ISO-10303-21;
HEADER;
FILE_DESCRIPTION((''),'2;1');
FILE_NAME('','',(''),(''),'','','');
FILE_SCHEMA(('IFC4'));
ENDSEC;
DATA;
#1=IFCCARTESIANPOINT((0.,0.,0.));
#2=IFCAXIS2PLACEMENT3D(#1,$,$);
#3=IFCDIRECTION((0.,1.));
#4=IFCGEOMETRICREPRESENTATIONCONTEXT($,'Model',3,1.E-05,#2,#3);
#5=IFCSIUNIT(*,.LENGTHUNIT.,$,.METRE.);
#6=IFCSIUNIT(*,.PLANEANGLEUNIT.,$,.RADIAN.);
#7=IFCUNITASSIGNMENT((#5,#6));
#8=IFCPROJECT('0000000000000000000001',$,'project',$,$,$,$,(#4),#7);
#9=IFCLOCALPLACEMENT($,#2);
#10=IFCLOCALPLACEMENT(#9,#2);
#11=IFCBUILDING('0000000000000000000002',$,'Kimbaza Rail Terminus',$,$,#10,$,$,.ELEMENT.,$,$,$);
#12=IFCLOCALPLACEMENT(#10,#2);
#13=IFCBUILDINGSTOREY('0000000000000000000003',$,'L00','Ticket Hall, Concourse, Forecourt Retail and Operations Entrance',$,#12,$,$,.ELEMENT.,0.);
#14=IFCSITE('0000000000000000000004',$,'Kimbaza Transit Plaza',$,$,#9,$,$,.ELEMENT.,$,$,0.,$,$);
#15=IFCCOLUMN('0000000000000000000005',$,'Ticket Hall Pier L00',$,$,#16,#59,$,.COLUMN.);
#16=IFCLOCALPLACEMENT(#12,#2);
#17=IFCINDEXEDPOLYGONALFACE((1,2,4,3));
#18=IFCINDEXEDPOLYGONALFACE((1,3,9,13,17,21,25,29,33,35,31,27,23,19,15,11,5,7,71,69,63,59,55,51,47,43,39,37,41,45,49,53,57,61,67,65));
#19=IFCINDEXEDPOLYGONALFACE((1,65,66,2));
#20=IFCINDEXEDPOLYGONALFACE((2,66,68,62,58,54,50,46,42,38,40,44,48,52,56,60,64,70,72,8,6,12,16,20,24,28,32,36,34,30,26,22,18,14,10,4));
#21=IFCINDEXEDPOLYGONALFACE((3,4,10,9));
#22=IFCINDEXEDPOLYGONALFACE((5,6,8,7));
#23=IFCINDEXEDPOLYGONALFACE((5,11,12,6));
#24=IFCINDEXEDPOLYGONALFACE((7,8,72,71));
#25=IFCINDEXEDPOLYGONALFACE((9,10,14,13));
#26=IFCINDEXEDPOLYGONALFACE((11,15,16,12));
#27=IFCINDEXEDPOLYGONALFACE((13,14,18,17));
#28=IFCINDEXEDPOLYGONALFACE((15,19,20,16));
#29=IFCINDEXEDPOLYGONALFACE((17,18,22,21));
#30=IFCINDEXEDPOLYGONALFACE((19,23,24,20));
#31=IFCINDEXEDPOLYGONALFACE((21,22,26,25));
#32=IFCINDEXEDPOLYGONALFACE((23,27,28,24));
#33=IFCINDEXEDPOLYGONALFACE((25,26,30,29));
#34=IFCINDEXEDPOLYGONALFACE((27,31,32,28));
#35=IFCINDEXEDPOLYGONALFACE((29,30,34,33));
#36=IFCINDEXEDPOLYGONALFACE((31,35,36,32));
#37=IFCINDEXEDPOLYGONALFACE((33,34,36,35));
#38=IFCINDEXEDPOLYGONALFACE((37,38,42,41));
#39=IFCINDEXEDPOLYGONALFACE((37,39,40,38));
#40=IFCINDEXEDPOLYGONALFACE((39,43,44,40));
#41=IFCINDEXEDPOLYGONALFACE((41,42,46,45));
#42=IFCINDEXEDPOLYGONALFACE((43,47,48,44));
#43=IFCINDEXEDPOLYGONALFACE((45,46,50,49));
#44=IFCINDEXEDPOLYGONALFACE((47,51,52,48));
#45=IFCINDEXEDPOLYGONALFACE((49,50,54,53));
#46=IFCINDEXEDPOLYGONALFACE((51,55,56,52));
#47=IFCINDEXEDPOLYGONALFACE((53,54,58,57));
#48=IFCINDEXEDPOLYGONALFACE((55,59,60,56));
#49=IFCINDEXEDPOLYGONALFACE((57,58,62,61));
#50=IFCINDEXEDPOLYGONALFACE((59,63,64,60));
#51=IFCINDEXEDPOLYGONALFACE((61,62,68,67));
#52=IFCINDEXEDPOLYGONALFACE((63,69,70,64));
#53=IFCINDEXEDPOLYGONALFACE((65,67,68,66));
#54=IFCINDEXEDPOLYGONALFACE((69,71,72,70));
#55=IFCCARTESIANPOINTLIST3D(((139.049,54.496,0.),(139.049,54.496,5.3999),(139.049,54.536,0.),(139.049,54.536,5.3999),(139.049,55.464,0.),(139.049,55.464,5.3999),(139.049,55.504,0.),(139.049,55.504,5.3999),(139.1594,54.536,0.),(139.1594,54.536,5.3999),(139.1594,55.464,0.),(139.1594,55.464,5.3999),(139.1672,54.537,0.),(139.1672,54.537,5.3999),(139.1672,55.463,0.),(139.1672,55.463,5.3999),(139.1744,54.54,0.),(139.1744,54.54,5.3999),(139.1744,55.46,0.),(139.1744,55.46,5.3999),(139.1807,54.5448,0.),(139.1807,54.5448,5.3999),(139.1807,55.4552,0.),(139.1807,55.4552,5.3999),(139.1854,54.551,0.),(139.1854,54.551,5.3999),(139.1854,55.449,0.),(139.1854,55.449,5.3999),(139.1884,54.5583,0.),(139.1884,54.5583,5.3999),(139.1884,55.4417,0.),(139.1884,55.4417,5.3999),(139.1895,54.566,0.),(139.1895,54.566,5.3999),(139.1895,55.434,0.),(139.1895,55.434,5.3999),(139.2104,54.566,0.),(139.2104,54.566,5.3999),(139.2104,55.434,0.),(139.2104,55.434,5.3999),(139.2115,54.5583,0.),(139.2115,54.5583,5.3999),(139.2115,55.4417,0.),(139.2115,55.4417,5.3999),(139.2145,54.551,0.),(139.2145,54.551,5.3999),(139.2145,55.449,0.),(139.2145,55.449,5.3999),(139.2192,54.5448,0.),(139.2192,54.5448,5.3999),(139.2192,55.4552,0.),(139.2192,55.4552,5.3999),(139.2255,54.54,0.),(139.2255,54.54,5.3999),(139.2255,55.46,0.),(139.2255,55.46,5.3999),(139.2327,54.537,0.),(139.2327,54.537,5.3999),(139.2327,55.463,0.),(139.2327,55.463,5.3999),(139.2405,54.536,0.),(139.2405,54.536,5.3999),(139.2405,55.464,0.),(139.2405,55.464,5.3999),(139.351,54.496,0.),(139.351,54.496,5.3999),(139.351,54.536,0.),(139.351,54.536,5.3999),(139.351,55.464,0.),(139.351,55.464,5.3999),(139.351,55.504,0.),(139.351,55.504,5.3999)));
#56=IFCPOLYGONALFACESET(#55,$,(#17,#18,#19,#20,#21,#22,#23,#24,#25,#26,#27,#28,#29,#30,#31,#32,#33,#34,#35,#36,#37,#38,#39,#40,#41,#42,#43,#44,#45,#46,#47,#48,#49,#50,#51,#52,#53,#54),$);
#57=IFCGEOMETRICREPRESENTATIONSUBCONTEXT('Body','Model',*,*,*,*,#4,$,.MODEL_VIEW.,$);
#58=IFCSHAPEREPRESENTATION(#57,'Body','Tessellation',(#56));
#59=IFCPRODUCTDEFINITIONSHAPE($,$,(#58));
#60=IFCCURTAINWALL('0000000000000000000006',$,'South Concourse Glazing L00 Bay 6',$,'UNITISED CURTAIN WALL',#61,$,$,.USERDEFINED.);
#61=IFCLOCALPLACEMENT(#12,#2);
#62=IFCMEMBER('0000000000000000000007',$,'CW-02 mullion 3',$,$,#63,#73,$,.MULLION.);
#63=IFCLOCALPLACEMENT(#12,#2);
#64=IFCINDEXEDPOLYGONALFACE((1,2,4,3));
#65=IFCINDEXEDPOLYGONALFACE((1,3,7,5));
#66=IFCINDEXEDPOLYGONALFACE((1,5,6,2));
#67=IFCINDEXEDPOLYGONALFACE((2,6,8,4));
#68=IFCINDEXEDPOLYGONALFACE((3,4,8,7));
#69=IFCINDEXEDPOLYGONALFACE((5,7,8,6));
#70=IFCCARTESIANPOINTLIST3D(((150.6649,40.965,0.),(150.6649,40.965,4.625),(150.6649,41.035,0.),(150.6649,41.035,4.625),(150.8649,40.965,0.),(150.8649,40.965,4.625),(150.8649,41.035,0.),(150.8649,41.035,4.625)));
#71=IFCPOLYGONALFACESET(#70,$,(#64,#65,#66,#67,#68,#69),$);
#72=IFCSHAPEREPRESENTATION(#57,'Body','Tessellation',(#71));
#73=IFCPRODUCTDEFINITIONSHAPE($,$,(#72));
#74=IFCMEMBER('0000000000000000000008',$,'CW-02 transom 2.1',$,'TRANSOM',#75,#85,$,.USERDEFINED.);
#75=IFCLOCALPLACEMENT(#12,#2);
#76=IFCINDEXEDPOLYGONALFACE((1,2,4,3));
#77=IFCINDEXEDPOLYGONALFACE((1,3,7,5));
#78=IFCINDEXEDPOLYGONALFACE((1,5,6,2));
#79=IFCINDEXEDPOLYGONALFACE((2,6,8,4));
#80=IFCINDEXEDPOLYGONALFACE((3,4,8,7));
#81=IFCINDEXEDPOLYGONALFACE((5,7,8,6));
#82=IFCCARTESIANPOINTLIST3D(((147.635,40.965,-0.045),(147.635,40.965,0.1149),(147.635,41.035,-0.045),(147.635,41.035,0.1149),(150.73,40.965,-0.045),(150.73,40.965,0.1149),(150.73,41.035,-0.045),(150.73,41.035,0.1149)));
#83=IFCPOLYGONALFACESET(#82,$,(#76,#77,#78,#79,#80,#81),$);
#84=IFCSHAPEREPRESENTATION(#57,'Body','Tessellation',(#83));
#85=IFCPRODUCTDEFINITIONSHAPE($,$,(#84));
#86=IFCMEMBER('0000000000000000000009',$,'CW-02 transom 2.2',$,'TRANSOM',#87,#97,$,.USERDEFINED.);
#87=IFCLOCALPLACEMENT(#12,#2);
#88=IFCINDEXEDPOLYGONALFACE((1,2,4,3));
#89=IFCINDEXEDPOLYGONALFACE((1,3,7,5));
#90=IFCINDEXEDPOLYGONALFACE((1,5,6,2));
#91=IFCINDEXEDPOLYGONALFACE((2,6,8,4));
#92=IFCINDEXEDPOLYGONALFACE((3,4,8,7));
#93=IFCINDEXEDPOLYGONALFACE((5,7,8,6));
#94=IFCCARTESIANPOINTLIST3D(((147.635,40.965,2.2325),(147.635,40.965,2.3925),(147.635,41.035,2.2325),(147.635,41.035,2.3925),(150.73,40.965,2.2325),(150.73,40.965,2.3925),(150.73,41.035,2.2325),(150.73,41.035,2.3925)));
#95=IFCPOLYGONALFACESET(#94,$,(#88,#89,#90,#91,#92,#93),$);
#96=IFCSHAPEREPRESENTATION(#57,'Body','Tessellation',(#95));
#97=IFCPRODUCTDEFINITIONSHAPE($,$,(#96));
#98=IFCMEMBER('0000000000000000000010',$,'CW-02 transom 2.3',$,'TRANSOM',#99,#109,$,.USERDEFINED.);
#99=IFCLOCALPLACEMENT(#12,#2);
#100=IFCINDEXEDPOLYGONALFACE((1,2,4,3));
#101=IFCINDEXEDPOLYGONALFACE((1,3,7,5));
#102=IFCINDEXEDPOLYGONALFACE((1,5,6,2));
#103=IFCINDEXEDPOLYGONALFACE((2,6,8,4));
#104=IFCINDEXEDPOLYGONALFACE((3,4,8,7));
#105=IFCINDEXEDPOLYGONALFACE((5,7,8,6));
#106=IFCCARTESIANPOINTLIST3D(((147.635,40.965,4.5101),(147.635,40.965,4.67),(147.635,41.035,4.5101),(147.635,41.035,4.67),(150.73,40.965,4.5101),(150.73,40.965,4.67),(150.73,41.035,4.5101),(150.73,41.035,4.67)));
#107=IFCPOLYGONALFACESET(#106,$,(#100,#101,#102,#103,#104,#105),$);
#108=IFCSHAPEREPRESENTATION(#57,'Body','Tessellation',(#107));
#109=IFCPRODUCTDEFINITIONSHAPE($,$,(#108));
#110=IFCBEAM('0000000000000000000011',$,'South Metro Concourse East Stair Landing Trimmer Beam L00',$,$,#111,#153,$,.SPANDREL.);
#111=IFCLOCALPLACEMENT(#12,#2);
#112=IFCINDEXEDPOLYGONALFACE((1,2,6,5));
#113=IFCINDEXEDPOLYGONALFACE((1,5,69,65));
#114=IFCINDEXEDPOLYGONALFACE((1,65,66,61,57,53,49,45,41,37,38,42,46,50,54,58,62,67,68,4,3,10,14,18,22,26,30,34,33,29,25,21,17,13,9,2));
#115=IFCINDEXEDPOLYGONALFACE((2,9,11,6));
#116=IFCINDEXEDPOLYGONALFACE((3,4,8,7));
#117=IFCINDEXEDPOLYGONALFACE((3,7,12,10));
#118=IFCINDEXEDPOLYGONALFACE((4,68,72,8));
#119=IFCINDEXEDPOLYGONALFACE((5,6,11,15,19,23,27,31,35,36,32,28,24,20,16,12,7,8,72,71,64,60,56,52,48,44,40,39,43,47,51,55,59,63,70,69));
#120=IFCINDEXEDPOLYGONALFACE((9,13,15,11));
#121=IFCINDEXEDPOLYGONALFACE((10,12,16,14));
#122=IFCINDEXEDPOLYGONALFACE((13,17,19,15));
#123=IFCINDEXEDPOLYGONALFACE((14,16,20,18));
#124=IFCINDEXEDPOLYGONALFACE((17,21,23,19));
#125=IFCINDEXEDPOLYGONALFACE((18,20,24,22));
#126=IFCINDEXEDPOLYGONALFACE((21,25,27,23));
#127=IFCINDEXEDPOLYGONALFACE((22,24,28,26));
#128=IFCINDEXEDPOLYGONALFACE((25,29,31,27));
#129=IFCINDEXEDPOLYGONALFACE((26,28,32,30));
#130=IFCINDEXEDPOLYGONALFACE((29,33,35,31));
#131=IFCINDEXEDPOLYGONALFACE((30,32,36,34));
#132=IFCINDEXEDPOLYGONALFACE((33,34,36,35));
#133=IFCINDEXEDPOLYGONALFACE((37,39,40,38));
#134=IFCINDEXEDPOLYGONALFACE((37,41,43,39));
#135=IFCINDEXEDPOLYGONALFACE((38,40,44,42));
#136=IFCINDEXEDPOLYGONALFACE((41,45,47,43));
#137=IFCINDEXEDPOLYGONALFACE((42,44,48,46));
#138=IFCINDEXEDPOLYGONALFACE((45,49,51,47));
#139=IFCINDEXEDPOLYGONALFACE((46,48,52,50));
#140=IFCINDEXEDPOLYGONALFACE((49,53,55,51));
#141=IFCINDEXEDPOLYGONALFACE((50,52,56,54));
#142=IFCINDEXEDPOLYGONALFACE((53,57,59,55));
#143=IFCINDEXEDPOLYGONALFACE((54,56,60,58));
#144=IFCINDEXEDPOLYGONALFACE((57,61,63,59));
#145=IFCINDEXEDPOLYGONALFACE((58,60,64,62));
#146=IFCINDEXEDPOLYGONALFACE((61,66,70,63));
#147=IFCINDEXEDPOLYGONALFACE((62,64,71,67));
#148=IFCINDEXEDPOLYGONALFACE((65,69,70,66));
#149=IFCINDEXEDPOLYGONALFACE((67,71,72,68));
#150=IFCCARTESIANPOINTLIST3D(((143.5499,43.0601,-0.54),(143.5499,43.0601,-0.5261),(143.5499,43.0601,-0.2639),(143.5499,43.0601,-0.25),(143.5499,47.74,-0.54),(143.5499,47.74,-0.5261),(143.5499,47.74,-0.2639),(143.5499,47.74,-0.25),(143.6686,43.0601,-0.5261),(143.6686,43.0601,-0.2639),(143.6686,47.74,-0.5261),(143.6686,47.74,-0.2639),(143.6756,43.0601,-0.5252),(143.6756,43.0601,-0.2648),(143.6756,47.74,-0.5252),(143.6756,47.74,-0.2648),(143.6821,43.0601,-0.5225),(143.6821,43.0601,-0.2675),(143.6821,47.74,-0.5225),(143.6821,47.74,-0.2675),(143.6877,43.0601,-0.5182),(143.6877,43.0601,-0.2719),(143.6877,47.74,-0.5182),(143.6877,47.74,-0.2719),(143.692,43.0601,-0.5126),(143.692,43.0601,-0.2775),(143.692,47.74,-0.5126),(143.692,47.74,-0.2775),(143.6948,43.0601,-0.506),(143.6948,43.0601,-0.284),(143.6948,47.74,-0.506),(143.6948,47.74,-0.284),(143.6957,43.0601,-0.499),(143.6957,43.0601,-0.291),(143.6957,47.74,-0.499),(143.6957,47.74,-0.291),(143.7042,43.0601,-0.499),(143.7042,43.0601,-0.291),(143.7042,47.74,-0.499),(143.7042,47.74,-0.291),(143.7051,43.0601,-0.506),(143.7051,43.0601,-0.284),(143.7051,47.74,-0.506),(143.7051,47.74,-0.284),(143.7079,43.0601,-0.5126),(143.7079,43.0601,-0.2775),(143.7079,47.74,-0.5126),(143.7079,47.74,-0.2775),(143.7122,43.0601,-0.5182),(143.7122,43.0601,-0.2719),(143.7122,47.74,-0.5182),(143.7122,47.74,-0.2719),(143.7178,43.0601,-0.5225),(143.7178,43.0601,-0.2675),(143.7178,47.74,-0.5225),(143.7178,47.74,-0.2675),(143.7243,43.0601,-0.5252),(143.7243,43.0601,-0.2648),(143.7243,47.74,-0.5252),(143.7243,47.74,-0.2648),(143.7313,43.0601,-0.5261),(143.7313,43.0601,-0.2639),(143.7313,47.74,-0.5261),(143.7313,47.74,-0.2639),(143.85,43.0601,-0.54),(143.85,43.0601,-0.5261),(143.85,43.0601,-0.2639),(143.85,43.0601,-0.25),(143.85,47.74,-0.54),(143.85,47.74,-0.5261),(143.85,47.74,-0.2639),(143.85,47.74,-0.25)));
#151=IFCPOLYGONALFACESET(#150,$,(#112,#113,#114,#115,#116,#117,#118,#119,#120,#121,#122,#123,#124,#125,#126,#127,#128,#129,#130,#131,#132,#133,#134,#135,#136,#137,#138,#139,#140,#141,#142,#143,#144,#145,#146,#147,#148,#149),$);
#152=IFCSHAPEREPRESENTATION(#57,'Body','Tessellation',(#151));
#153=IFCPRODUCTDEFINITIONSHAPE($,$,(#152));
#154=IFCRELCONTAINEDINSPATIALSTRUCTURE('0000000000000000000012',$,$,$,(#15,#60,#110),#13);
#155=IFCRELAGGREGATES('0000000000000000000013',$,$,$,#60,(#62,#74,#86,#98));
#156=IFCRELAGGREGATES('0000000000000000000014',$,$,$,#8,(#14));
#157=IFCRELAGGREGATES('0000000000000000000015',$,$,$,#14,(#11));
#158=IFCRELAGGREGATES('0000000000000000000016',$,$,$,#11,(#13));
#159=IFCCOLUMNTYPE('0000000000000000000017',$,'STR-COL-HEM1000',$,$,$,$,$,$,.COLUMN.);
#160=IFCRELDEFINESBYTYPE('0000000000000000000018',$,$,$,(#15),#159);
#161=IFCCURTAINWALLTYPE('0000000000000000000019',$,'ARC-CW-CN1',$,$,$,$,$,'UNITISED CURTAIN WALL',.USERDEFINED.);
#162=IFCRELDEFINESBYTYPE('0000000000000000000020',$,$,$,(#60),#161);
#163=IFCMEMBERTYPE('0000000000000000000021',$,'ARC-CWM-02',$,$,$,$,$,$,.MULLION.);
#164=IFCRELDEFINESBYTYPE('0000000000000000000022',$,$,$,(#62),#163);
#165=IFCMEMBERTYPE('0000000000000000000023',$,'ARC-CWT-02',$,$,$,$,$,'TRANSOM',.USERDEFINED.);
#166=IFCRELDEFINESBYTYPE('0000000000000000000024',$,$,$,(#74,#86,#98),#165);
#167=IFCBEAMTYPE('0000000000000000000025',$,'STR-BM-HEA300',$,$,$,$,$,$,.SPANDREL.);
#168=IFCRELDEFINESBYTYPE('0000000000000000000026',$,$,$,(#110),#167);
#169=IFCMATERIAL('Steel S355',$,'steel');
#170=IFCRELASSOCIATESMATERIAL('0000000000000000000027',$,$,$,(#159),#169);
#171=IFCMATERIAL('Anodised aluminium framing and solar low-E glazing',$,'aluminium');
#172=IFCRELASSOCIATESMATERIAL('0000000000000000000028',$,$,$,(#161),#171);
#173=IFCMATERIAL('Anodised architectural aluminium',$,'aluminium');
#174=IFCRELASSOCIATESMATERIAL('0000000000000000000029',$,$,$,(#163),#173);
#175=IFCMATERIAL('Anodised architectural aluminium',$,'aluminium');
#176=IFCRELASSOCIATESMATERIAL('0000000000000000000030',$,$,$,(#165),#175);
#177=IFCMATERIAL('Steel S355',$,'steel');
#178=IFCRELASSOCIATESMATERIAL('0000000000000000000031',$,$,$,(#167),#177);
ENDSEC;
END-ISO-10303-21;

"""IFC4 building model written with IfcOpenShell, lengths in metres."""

from ifc_helpers import new_model, si_unit, direction, frame, origin, origin_2d, place, context, subcontext, project, spatial, rectangle, i_section, extrude, material, material_profile, profile_set, type_object, element, aggregate, save


model = new_model("IFC4")

# Units and contexts
model_context = context("Model", 3, precision=1e-05, world=origin(), true_north=direction((0.0, 1.0)))
body_context = subcontext(model_context, "Body", "Model", "MODEL_VIEW")
ifc_project = project(units=[si_unit("LENGTHUNIT", "METRE"), si_unit("PLANEANGLEUNIT", "RADIAN")], contexts=[model_context])

# Site, building, storey
site_placement = place(None, origin())
site = spatial("IfcSite", under=ifc_project, at=site_placement, Name="Kimbaza Transit Plaza", CompositionType="ELEMENT", RefElevation=0.0)
building_placement = place(site_placement, origin())
building = spatial("IfcBuilding", under=site, at=building_placement, Name="Kimbaza Rail Terminus", CompositionType="ELEMENT")
storey_placement = place(building_placement, origin())
storey = spatial("IfcBuildingStorey", under=building, at=storey_placement, Name="L00", Description="Ticket Hall, Concourse, Forecourt Retail and Operations Entrance", CompositionType="ELEMENT", Elevation=0.0)

# Column
ifc_material_1 = material(Name="Steel S355", Category="steel")
ifc_material_profile_1 = material_profile(ifc_material_1, i_section(OverallWidth=0.302, OverallDepth=1.0081, WebThickness=0.021, FlangeThickness=0.04, FilletRadius=0.03, at=origin_2d()), Name="HEM 1000")
ifc_profile_set_1 = profile_set([ifc_material_profile_1], Name="Steel S355")
column_type = type_object("IfcColumnType", Name="STR-COL-HEM1000", PredefinedType="COLUMN", material=ifc_profile_set_1)
column_placement = place(storey_placement, frame((139.2, 55.0, 0.0), z_axis=(0.0, 0.0, 1.0), x_axis=(1.0, 0.0, 0.0)))
element("IfcColumn", 1, at=column_placement, inside=storey, type_object=column_type, Name="Ticket Hall Pier L00", PredefinedType="COLUMN", context=body_context, shape_type="SweptSolid", body=[
    extrude(i_section(OverallWidth=0.302, OverallDepth=1.0081, WebThickness=0.021, FlangeThickness=0.04, FilletRadius=0.03, at=origin_2d()), origin(), (0.0, 0.0, 1.0), 5.3999),
])

# Curtain wall, members
ifc_material_2 = material(Name="Anodised aluminium framing and solar low-E glazing", Category="aluminium")
curtain_wall_type = type_object("IfcCurtainWallType", Name="ARC-CW-CN1", ElementType="UNITISED CURTAIN WALL", PredefinedType="USERDEFINED", material=ifc_material_2)
curtain_wall_placement = place(storey_placement, origin())
curtain_wall = element("IfcCurtainWall", 2, at=curtain_wall_placement, inside=storey, type_object=curtain_wall_type, Name="South Concourse Glazing L00 Bay 6", ObjectType="UNITISED CURTAIN WALL", PredefinedType="USERDEFINED")
ifc_material_3 = material(Name="Anodised architectural aluminium", Category="aluminium")
ifc_material_profile_2 = material_profile(ifc_material_3, rectangle(XDim=0.0701, YDim=0.2, at=origin_2d()), Name="MULLION 70x200")
ifc_profile_set_2 = profile_set([ifc_material_profile_2], Name="Anodised architectural aluminium")
member_type_1 = type_object("IfcMemberType", Name="ARC-CWM-02", PredefinedType="MULLION", material=ifc_profile_set_2)
member_1_placement = place(storey_placement, frame((150.7649, 41.0, 0.0), z_axis=(0.0, 0.0, 1.0), x_axis=(0.0, 1.0, 0.0)))
member_1 = element("IfcMember", 3, at=member_1_placement, type_object=member_type_1, Name="CW-02 mullion 3", PredefinedType="MULLION", context=body_context, shape_type="SweptSolid", body=[
    extrude(rectangle(XDim=0.0701, YDim=0.2, at=origin_2d()), origin(), (0.0, 0.0, 1.0), 4.625),
])
ifc_material_4 = material(Name="Anodised architectural aluminium", Category="aluminium")
ifc_material_profile_3 = material_profile(ifc_material_4, rectangle(XDim=0.0701, YDim=0.1599, at=origin_2d()), Name="TRANSOM 70x160")
ifc_profile_set_3 = profile_set([ifc_material_profile_3], Name="Anodised architectural aluminium")
member_type_2 = type_object("IfcMemberType", Name="ARC-CWT-02", ElementType="TRANSOM", PredefinedType="USERDEFINED", material=ifc_profile_set_3)
member_2_placement = place(storey_placement, frame((147.635, 41.0, 0.0349), z_axis=(1.0, 0.0, 0.0), x_axis=(0.0, 1.0, 0.0)))
member_2 = element("IfcMember", 4, at=member_2_placement, type_object=member_type_2, Name="CW-02 transom 2.1", ObjectType="TRANSOM", PredefinedType="USERDEFINED", context=body_context, shape_type="SweptSolid", body=[
    extrude(rectangle(XDim=0.0701, YDim=0.1599, at=origin_2d()), origin(), (0.0, 0.0, 1.0), 3.095),
])
member_3_placement = place(storey_placement, frame((147.635, 41.0, 2.3125), z_axis=(1.0, 0.0, 0.0), x_axis=(0.0, 1.0, 0.0)))
member_3 = element("IfcMember", 5, at=member_3_placement, type_object=member_type_2, Name="CW-02 transom 2.2", ObjectType="TRANSOM", PredefinedType="USERDEFINED", context=body_context, shape_type="SweptSolid", body=[
    extrude(rectangle(XDim=0.0701, YDim=0.1599, at=origin_2d()), origin(), (0.0, 0.0, 1.0), 3.095),
])
member_4_placement = place(storey_placement, frame((147.635, 41.0, 4.5901), z_axis=(1.0, 0.0, 0.0), x_axis=(0.0, 1.0, 0.0)))
member_4 = element("IfcMember", 6, at=member_4_placement, type_object=member_type_2, Name="CW-02 transom 2.3", ObjectType="TRANSOM", PredefinedType="USERDEFINED", context=body_context, shape_type="SweptSolid", body=[
    extrude(rectangle(XDim=0.0701, YDim=0.1599, at=origin_2d()), origin(), (0.0, 0.0, 1.0), 3.095),
])

# Beam
ifc_material_5 = material(Name="Steel S355", Category="steel")
ifc_material_profile_4 = material_profile(ifc_material_5, i_section(OverallWidth=0.3, OverallDepth=0.29, WebThickness=0.0085, FlangeThickness=0.0139, FilletRadius=0.0271, at=origin_2d()), Name="HEA 300")
ifc_profile_set_4 = profile_set([ifc_material_profile_4], Name="Steel S355")
beam_type_1 = type_object("IfcBeamType", Name="STR-BM-HEA300", PredefinedType="SPANDREL", material=ifc_profile_set_4)
beam_1_placement = place(storey_placement, frame((143.7, 43.0601, -0.395), z_axis=(0.0, 1.0, 0.0), x_axis=(-1.0, 0.0, 0.0)))
element("IfcBeam", 7, at=beam_1_placement, inside=storey, type_object=beam_type_1, Name="South Metro Concourse East Stair Landing Trimmer Beam L00", PredefinedType="SPANDREL", context=body_context, shape_type="SweptSolid", body=[
    extrude(i_section(OverallWidth=0.3, OverallDepth=0.29, WebThickness=0.0085, FlangeThickness=0.0139, FilletRadius=0.0271, at=origin_2d()), origin(), (0.0, 0.0, 1.0), 4.6799),
])

aggregate(curtain_wall, [member_1, member_2, member_3, member_4])

save(model, "model.ifc")
